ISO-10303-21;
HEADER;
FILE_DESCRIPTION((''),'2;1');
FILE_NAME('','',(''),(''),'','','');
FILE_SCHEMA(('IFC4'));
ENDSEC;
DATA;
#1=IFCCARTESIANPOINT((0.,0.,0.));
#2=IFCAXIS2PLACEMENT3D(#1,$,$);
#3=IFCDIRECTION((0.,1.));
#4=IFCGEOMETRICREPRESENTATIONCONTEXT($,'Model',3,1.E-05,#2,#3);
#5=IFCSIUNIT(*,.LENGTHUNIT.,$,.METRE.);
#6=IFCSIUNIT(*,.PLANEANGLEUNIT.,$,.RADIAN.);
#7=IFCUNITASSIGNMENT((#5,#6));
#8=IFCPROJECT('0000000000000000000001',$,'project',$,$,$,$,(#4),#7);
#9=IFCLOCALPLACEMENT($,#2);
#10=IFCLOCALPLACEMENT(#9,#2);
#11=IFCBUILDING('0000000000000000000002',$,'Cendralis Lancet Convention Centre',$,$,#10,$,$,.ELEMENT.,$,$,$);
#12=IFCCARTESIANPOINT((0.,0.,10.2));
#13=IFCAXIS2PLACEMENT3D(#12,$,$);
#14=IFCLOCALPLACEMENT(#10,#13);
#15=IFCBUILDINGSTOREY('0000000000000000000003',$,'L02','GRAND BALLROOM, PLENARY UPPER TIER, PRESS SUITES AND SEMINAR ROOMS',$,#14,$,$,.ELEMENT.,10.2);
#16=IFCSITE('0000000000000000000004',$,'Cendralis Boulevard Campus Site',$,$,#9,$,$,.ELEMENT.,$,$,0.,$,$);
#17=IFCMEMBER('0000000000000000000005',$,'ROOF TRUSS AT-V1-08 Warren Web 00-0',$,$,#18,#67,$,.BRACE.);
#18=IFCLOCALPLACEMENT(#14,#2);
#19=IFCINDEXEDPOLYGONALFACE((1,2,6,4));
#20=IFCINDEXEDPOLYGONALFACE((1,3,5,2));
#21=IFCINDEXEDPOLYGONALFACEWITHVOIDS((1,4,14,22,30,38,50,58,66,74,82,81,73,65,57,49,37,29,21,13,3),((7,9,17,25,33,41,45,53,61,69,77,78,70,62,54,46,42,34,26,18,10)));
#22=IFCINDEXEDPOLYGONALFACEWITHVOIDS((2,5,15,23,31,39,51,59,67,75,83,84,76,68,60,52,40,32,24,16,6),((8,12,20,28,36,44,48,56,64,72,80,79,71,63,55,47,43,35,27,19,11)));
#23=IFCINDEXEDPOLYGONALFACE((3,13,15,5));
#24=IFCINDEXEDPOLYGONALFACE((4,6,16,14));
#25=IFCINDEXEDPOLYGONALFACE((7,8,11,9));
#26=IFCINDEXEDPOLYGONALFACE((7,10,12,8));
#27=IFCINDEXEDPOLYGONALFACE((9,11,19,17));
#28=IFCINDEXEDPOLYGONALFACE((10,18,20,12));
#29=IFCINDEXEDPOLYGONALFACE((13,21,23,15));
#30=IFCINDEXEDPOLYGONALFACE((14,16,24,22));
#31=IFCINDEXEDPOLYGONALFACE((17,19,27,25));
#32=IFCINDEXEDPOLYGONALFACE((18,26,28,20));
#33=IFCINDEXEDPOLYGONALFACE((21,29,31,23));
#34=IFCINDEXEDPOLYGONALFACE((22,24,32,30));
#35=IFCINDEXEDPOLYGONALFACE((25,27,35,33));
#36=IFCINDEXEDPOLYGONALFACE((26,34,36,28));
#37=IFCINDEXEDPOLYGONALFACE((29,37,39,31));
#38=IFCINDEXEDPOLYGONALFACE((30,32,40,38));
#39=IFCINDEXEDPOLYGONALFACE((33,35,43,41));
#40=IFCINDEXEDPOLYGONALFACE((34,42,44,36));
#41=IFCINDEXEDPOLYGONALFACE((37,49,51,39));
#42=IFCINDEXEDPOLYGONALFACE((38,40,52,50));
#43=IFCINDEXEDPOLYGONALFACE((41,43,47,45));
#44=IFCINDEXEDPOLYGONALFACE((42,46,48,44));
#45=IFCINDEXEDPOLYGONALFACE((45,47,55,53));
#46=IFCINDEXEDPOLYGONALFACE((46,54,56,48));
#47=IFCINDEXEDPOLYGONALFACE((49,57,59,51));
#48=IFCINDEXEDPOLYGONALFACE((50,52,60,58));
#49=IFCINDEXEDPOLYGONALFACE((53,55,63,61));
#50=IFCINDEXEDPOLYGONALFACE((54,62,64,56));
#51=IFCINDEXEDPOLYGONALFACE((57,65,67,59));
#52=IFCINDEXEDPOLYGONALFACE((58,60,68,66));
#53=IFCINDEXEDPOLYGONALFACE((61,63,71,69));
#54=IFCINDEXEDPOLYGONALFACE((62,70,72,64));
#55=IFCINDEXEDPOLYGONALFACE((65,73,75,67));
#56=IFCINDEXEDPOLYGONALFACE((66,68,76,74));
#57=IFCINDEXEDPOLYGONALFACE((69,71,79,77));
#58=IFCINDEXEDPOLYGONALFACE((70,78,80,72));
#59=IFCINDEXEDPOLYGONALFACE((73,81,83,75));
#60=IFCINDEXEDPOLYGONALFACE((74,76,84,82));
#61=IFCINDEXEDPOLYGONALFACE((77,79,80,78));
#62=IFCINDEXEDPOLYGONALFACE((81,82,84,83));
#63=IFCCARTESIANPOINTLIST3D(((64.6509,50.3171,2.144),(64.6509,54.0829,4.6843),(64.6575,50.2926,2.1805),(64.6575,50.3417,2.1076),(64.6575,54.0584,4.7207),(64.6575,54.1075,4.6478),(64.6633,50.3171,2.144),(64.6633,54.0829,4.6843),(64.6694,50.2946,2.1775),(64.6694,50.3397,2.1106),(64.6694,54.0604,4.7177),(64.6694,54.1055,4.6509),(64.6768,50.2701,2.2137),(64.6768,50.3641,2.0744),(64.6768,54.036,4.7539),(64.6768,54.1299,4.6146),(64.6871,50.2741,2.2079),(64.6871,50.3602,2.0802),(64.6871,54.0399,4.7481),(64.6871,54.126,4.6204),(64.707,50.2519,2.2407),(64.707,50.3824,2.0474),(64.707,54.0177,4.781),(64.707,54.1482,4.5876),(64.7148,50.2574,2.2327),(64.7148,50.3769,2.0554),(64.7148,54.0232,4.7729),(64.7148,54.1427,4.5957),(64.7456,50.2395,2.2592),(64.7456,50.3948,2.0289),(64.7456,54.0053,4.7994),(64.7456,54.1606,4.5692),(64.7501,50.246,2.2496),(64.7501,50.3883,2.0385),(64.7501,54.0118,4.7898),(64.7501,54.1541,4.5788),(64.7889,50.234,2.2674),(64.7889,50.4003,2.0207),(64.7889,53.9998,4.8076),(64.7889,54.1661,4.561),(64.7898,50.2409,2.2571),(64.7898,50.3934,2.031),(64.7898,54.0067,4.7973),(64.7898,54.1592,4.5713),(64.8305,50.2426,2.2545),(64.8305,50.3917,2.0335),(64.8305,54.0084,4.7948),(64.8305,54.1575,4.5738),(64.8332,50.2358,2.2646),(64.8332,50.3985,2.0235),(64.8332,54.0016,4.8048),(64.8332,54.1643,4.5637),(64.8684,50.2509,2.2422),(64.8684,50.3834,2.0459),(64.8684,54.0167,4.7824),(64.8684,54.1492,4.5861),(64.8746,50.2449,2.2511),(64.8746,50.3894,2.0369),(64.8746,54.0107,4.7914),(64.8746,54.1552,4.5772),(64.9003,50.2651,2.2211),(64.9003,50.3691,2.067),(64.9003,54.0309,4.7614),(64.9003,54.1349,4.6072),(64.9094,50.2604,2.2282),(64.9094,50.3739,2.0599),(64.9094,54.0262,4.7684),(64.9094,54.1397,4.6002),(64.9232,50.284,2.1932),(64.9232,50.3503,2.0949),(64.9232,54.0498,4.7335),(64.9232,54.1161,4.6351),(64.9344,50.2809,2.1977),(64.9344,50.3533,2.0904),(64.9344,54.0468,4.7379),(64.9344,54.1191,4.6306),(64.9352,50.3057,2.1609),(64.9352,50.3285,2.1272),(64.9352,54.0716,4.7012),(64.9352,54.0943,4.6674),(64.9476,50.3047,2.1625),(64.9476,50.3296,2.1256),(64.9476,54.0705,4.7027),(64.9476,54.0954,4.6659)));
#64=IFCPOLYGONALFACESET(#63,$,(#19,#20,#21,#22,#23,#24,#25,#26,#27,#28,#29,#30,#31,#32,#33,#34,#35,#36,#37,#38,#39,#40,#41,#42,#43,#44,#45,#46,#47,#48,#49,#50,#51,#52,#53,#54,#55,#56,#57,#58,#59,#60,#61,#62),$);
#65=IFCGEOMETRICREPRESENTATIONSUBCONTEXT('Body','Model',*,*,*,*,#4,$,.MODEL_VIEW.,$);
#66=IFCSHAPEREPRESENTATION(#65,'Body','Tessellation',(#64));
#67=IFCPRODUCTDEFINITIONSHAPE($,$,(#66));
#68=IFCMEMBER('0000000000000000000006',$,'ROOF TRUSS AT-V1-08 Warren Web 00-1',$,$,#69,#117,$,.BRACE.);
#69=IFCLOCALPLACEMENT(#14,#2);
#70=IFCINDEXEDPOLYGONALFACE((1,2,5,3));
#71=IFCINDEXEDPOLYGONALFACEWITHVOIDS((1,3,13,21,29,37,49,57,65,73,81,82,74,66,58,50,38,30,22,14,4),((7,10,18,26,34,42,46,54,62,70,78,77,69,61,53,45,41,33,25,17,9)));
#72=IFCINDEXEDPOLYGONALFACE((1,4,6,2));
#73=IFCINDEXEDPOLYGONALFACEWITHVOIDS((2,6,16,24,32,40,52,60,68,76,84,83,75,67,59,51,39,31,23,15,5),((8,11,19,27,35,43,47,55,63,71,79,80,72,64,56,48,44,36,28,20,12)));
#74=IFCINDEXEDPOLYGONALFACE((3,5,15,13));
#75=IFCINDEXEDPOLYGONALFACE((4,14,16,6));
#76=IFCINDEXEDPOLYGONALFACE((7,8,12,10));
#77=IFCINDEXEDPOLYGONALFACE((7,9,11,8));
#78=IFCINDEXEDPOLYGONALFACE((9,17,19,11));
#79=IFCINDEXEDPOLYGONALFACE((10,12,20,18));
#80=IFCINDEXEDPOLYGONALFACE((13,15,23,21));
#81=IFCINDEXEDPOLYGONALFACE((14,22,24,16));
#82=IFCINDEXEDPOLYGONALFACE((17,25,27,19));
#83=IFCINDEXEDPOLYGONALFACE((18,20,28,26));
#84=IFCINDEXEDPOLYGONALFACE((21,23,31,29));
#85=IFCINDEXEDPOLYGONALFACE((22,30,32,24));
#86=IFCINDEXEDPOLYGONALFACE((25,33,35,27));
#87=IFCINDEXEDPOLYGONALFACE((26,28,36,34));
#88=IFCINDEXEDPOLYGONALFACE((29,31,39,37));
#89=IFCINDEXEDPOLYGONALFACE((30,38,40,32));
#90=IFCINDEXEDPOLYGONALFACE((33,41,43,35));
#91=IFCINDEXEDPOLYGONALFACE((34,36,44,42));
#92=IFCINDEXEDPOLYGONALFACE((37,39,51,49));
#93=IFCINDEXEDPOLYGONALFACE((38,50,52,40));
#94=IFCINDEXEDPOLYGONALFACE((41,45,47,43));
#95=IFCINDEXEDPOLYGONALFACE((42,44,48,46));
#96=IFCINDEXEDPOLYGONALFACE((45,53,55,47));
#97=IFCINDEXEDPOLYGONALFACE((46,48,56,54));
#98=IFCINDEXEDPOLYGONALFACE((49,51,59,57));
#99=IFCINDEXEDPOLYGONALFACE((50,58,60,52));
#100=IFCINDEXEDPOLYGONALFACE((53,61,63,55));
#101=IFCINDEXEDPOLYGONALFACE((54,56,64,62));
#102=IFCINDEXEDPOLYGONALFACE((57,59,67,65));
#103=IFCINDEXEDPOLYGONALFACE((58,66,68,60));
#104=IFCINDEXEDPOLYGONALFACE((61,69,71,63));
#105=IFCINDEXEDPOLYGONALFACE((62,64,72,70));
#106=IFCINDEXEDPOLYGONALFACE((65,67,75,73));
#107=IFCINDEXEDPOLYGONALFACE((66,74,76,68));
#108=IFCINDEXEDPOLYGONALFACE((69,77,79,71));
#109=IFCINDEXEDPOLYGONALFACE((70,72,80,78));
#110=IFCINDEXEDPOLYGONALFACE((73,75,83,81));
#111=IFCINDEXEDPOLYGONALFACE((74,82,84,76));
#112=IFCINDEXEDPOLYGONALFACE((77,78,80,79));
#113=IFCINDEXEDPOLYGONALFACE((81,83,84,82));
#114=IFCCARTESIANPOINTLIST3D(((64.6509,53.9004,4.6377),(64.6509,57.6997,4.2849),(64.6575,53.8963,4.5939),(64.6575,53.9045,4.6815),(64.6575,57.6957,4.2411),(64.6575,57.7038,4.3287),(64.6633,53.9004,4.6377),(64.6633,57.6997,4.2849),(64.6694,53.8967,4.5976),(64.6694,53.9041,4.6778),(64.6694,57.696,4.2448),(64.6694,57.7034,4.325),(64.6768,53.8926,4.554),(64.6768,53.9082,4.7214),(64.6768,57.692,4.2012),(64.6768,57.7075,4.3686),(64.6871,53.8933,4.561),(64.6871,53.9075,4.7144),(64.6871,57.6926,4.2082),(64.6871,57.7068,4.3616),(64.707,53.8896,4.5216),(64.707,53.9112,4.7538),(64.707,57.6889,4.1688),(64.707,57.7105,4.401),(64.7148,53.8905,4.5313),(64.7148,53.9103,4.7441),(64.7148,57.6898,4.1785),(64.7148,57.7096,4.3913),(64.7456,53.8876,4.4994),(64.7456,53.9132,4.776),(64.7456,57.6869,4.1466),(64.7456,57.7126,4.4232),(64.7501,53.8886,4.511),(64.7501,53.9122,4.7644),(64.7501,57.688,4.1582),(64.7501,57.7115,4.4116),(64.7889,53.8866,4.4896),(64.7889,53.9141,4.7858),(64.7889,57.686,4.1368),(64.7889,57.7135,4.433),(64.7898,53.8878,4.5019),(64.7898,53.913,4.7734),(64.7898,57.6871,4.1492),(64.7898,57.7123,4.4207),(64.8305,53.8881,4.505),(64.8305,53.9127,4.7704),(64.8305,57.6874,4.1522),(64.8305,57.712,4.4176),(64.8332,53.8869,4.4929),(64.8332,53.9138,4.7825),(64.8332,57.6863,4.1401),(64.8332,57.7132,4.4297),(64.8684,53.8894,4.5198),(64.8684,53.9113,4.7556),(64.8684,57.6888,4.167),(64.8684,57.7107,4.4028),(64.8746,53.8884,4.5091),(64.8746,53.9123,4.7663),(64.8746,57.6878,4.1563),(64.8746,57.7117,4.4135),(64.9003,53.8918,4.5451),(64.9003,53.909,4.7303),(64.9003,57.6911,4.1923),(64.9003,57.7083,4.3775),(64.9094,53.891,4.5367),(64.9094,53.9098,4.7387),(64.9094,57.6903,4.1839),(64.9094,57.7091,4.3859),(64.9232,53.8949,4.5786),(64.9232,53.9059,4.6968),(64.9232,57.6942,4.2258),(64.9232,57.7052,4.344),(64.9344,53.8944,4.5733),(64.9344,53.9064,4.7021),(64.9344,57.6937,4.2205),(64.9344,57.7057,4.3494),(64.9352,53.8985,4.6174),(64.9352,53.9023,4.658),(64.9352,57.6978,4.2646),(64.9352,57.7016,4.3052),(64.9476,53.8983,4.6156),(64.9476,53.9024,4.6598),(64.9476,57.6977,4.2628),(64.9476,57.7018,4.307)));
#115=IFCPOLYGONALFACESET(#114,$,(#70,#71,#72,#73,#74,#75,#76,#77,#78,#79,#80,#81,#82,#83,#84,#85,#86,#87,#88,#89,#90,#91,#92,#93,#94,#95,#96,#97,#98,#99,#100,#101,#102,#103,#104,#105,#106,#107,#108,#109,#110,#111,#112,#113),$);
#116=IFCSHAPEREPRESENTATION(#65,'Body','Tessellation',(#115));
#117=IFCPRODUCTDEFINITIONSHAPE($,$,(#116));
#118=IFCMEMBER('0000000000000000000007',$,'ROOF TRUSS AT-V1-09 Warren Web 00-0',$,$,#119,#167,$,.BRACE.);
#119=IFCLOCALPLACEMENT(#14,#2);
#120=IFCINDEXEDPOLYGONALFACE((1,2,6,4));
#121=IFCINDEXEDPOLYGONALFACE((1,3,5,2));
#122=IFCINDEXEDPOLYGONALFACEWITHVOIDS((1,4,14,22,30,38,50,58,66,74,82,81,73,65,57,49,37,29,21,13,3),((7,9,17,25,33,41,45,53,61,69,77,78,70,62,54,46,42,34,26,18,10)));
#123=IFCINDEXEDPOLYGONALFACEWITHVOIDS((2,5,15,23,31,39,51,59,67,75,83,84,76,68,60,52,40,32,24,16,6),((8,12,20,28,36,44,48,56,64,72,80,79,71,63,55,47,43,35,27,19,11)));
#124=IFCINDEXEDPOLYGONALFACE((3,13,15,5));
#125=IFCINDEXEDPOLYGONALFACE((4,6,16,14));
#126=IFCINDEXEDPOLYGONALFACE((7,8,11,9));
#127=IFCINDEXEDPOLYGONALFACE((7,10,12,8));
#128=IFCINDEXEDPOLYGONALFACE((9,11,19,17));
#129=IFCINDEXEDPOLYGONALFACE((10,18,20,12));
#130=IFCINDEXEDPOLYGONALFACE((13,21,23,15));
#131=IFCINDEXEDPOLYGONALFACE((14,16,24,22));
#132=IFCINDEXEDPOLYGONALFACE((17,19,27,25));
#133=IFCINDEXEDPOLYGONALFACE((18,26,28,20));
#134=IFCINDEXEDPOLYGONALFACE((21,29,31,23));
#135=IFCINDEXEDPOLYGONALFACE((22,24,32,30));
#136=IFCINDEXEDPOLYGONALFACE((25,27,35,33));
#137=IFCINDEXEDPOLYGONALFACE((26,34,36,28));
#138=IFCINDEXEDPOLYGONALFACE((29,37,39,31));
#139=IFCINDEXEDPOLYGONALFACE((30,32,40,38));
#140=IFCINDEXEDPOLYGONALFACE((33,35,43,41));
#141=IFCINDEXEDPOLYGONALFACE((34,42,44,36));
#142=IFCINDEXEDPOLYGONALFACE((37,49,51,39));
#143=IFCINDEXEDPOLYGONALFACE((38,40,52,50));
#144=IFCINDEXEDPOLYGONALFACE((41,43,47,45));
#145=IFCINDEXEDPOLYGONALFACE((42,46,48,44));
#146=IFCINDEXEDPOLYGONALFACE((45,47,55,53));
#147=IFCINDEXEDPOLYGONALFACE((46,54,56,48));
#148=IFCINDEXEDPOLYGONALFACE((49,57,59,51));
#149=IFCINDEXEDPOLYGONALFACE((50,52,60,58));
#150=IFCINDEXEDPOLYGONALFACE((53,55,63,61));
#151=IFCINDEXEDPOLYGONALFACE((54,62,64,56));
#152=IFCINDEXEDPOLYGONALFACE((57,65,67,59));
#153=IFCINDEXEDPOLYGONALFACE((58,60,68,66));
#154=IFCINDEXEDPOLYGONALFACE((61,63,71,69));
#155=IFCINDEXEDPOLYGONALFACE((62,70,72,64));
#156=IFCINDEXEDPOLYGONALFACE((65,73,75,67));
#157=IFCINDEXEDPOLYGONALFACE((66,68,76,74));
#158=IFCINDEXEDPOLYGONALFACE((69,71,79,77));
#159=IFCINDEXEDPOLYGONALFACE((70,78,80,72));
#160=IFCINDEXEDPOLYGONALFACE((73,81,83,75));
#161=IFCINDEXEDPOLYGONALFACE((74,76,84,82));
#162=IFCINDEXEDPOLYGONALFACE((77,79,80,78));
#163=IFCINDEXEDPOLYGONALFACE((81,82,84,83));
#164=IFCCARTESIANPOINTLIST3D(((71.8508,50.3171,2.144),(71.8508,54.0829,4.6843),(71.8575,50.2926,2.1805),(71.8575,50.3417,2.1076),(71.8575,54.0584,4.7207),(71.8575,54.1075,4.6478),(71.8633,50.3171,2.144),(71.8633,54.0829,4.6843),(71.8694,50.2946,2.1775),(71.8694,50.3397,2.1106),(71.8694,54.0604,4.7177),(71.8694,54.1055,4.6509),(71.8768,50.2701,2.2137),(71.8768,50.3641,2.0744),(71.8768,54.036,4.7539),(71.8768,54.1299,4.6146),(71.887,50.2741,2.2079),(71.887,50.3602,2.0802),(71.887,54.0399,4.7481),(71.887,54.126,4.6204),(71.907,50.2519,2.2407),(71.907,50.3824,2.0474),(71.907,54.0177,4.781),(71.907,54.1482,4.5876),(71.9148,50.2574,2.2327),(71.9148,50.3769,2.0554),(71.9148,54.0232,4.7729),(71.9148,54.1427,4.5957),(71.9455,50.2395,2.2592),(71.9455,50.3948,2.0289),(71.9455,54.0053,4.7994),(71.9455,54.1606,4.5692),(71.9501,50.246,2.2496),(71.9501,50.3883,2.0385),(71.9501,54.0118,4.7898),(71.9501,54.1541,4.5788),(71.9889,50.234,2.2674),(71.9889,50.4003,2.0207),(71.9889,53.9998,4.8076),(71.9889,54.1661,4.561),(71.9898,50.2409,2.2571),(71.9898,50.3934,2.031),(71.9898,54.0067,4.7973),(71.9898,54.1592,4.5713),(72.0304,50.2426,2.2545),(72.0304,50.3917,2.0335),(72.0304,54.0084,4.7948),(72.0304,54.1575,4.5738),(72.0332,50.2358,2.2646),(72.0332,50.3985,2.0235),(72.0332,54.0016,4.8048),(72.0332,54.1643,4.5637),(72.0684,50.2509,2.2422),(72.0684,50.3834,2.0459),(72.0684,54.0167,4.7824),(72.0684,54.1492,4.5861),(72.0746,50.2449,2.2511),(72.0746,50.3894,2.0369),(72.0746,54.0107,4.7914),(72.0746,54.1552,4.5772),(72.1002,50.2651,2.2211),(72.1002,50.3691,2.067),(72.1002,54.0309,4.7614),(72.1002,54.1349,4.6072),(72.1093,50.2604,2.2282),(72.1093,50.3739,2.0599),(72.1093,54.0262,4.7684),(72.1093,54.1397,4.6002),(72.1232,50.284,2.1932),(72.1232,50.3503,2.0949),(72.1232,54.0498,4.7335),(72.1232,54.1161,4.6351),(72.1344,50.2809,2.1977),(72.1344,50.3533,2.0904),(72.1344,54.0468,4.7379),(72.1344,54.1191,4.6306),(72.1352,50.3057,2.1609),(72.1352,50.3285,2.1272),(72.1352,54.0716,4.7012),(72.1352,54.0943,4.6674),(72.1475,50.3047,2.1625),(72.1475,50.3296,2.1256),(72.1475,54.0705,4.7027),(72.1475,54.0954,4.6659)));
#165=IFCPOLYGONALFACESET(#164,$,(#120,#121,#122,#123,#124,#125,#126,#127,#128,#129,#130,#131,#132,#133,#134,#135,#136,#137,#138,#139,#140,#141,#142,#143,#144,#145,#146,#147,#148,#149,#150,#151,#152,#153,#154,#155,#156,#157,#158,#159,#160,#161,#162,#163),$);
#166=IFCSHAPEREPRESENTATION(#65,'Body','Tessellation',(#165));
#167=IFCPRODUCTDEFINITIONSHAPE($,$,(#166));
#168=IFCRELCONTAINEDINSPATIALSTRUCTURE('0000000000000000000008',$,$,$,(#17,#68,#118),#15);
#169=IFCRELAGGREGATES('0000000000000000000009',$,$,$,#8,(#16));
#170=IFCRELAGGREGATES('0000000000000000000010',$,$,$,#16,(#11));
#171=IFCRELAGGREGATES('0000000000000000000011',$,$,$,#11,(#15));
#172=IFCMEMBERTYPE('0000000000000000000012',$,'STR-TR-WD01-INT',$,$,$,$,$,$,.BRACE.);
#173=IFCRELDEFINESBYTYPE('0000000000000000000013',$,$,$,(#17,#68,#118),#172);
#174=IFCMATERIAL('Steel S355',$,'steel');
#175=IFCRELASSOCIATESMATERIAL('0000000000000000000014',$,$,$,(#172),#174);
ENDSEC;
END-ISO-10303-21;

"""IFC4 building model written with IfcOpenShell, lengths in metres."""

from ifc_helpers import new_model, si_unit, direction, frame, origin, origin_2d, place, context, subcontext, project, spatial, hollow_circle, extrude, material, material_profile, profile_set, type_object, element, save


model = new_model("IFC4")

# Units and contexts
model_context = context("Model", 3, precision=1e-05, world=origin(), true_north=direction((0.0, 1.0)))
body_context = subcontext(model_context, "Body", "Model", "MODEL_VIEW")
ifc_project = project(units=[si_unit("LENGTHUNIT", "METRE"), si_unit("PLANEANGLEUNIT", "RADIAN")], contexts=[model_context])

# Site, building, storey
site_placement = place(None, origin())
site = spatial("IfcSite", under=ifc_project, at=site_placement, Name="Cendralis Boulevard Campus Site", CompositionType="ELEMENT", RefElevation=0.0)
building_placement = place(site_placement, origin())
building = spatial("IfcBuilding", under=site, at=building_placement, Name="Cendralis Lancet Convention Centre", CompositionType="ELEMENT")
storey_placement = place(building_placement, frame((0.0, 0.0, 10.2)))
storey = spatial("IfcBuildingStorey", under=building, at=storey_placement, Name="L02", Description="GRAND BALLROOM, PLENARY UPPER TIER, PRESS SUITES AND SEMINAR ROOMS", CompositionType="ELEMENT", Elevation=10.2)

# Shared definitions
ifc_material_1 = material(Name="Steel S355", Category="steel")

# Members
ifc_material_profile_1 = material_profile(ifc_material_1, hollow_circle(Radius=0.1492, WallThickness=0.0125, at=origin_2d()), Name="CHS 298.5x12.5")
ifc_profile_set_1 = profile_set([ifc_material_profile_1], Name="Steel S355")
member_type_1 = type_object("IfcMemberType", Name="STR-TR-WD01-INT", PredefinedType="BRACE", material=ifc_profile_set_1)
member_1_placement = place(storey_placement, frame((64.8, 50.3171, 2.144), z_axis=(0.0, 0.82902, 0.559219), x_axis=(-1.0, 0.0, 0.0)))
element("IfcMember", 1, at=member_1_placement, inside=storey, type_object=member_type_1, Name="ROOF TRUSS AT-V1-08 Warren Web 00-0", PredefinedType="BRACE", context=body_context, shape_type="SweptSolid", body=[
    extrude(hollow_circle(Radius=0.1492, WallThickness=0.0125, at=origin_2d()), origin(), (0.0, 0.0, 1.0), 4.5425),
])
member_2_placement = place(storey_placement, frame((64.8, 53.9004, 4.6377), z_axis=(0.0, 0.995717, -0.092457), x_axis=(-1.0, 0.0, 0.0)))
element("IfcMember", 2, at=member_2_placement, inside=storey, type_object=member_type_1, Name="ROOF TRUSS AT-V1-08 Warren Web 00-1", PredefinedType="BRACE", context=body_context, shape_type="SweptSolid", body=[
    extrude(hollow_circle(Radius=0.1492, WallThickness=0.0125, at=origin_2d()), origin(), (0.0, 0.0, 1.0), 3.8157),
])
member_3_placement = place(storey_placement, frame((72.0, 50.3171, 2.144), z_axis=(0.0, 0.82902, 0.559219), x_axis=(-1.0, 0.0, 0.0)))
element("IfcMember", 3, at=member_3_placement, inside=storey, type_object=member_type_1, Name="ROOF TRUSS AT-V1-09 Warren Web 00-0", PredefinedType="BRACE", context=body_context, shape_type="SweptSolid", body=[
    extrude(hollow_circle(Radius=0.1492, WallThickness=0.0125, at=origin_2d()), origin(), (0.0, 0.0, 1.0), 4.5425),
])

save(model, "model.ifc")
